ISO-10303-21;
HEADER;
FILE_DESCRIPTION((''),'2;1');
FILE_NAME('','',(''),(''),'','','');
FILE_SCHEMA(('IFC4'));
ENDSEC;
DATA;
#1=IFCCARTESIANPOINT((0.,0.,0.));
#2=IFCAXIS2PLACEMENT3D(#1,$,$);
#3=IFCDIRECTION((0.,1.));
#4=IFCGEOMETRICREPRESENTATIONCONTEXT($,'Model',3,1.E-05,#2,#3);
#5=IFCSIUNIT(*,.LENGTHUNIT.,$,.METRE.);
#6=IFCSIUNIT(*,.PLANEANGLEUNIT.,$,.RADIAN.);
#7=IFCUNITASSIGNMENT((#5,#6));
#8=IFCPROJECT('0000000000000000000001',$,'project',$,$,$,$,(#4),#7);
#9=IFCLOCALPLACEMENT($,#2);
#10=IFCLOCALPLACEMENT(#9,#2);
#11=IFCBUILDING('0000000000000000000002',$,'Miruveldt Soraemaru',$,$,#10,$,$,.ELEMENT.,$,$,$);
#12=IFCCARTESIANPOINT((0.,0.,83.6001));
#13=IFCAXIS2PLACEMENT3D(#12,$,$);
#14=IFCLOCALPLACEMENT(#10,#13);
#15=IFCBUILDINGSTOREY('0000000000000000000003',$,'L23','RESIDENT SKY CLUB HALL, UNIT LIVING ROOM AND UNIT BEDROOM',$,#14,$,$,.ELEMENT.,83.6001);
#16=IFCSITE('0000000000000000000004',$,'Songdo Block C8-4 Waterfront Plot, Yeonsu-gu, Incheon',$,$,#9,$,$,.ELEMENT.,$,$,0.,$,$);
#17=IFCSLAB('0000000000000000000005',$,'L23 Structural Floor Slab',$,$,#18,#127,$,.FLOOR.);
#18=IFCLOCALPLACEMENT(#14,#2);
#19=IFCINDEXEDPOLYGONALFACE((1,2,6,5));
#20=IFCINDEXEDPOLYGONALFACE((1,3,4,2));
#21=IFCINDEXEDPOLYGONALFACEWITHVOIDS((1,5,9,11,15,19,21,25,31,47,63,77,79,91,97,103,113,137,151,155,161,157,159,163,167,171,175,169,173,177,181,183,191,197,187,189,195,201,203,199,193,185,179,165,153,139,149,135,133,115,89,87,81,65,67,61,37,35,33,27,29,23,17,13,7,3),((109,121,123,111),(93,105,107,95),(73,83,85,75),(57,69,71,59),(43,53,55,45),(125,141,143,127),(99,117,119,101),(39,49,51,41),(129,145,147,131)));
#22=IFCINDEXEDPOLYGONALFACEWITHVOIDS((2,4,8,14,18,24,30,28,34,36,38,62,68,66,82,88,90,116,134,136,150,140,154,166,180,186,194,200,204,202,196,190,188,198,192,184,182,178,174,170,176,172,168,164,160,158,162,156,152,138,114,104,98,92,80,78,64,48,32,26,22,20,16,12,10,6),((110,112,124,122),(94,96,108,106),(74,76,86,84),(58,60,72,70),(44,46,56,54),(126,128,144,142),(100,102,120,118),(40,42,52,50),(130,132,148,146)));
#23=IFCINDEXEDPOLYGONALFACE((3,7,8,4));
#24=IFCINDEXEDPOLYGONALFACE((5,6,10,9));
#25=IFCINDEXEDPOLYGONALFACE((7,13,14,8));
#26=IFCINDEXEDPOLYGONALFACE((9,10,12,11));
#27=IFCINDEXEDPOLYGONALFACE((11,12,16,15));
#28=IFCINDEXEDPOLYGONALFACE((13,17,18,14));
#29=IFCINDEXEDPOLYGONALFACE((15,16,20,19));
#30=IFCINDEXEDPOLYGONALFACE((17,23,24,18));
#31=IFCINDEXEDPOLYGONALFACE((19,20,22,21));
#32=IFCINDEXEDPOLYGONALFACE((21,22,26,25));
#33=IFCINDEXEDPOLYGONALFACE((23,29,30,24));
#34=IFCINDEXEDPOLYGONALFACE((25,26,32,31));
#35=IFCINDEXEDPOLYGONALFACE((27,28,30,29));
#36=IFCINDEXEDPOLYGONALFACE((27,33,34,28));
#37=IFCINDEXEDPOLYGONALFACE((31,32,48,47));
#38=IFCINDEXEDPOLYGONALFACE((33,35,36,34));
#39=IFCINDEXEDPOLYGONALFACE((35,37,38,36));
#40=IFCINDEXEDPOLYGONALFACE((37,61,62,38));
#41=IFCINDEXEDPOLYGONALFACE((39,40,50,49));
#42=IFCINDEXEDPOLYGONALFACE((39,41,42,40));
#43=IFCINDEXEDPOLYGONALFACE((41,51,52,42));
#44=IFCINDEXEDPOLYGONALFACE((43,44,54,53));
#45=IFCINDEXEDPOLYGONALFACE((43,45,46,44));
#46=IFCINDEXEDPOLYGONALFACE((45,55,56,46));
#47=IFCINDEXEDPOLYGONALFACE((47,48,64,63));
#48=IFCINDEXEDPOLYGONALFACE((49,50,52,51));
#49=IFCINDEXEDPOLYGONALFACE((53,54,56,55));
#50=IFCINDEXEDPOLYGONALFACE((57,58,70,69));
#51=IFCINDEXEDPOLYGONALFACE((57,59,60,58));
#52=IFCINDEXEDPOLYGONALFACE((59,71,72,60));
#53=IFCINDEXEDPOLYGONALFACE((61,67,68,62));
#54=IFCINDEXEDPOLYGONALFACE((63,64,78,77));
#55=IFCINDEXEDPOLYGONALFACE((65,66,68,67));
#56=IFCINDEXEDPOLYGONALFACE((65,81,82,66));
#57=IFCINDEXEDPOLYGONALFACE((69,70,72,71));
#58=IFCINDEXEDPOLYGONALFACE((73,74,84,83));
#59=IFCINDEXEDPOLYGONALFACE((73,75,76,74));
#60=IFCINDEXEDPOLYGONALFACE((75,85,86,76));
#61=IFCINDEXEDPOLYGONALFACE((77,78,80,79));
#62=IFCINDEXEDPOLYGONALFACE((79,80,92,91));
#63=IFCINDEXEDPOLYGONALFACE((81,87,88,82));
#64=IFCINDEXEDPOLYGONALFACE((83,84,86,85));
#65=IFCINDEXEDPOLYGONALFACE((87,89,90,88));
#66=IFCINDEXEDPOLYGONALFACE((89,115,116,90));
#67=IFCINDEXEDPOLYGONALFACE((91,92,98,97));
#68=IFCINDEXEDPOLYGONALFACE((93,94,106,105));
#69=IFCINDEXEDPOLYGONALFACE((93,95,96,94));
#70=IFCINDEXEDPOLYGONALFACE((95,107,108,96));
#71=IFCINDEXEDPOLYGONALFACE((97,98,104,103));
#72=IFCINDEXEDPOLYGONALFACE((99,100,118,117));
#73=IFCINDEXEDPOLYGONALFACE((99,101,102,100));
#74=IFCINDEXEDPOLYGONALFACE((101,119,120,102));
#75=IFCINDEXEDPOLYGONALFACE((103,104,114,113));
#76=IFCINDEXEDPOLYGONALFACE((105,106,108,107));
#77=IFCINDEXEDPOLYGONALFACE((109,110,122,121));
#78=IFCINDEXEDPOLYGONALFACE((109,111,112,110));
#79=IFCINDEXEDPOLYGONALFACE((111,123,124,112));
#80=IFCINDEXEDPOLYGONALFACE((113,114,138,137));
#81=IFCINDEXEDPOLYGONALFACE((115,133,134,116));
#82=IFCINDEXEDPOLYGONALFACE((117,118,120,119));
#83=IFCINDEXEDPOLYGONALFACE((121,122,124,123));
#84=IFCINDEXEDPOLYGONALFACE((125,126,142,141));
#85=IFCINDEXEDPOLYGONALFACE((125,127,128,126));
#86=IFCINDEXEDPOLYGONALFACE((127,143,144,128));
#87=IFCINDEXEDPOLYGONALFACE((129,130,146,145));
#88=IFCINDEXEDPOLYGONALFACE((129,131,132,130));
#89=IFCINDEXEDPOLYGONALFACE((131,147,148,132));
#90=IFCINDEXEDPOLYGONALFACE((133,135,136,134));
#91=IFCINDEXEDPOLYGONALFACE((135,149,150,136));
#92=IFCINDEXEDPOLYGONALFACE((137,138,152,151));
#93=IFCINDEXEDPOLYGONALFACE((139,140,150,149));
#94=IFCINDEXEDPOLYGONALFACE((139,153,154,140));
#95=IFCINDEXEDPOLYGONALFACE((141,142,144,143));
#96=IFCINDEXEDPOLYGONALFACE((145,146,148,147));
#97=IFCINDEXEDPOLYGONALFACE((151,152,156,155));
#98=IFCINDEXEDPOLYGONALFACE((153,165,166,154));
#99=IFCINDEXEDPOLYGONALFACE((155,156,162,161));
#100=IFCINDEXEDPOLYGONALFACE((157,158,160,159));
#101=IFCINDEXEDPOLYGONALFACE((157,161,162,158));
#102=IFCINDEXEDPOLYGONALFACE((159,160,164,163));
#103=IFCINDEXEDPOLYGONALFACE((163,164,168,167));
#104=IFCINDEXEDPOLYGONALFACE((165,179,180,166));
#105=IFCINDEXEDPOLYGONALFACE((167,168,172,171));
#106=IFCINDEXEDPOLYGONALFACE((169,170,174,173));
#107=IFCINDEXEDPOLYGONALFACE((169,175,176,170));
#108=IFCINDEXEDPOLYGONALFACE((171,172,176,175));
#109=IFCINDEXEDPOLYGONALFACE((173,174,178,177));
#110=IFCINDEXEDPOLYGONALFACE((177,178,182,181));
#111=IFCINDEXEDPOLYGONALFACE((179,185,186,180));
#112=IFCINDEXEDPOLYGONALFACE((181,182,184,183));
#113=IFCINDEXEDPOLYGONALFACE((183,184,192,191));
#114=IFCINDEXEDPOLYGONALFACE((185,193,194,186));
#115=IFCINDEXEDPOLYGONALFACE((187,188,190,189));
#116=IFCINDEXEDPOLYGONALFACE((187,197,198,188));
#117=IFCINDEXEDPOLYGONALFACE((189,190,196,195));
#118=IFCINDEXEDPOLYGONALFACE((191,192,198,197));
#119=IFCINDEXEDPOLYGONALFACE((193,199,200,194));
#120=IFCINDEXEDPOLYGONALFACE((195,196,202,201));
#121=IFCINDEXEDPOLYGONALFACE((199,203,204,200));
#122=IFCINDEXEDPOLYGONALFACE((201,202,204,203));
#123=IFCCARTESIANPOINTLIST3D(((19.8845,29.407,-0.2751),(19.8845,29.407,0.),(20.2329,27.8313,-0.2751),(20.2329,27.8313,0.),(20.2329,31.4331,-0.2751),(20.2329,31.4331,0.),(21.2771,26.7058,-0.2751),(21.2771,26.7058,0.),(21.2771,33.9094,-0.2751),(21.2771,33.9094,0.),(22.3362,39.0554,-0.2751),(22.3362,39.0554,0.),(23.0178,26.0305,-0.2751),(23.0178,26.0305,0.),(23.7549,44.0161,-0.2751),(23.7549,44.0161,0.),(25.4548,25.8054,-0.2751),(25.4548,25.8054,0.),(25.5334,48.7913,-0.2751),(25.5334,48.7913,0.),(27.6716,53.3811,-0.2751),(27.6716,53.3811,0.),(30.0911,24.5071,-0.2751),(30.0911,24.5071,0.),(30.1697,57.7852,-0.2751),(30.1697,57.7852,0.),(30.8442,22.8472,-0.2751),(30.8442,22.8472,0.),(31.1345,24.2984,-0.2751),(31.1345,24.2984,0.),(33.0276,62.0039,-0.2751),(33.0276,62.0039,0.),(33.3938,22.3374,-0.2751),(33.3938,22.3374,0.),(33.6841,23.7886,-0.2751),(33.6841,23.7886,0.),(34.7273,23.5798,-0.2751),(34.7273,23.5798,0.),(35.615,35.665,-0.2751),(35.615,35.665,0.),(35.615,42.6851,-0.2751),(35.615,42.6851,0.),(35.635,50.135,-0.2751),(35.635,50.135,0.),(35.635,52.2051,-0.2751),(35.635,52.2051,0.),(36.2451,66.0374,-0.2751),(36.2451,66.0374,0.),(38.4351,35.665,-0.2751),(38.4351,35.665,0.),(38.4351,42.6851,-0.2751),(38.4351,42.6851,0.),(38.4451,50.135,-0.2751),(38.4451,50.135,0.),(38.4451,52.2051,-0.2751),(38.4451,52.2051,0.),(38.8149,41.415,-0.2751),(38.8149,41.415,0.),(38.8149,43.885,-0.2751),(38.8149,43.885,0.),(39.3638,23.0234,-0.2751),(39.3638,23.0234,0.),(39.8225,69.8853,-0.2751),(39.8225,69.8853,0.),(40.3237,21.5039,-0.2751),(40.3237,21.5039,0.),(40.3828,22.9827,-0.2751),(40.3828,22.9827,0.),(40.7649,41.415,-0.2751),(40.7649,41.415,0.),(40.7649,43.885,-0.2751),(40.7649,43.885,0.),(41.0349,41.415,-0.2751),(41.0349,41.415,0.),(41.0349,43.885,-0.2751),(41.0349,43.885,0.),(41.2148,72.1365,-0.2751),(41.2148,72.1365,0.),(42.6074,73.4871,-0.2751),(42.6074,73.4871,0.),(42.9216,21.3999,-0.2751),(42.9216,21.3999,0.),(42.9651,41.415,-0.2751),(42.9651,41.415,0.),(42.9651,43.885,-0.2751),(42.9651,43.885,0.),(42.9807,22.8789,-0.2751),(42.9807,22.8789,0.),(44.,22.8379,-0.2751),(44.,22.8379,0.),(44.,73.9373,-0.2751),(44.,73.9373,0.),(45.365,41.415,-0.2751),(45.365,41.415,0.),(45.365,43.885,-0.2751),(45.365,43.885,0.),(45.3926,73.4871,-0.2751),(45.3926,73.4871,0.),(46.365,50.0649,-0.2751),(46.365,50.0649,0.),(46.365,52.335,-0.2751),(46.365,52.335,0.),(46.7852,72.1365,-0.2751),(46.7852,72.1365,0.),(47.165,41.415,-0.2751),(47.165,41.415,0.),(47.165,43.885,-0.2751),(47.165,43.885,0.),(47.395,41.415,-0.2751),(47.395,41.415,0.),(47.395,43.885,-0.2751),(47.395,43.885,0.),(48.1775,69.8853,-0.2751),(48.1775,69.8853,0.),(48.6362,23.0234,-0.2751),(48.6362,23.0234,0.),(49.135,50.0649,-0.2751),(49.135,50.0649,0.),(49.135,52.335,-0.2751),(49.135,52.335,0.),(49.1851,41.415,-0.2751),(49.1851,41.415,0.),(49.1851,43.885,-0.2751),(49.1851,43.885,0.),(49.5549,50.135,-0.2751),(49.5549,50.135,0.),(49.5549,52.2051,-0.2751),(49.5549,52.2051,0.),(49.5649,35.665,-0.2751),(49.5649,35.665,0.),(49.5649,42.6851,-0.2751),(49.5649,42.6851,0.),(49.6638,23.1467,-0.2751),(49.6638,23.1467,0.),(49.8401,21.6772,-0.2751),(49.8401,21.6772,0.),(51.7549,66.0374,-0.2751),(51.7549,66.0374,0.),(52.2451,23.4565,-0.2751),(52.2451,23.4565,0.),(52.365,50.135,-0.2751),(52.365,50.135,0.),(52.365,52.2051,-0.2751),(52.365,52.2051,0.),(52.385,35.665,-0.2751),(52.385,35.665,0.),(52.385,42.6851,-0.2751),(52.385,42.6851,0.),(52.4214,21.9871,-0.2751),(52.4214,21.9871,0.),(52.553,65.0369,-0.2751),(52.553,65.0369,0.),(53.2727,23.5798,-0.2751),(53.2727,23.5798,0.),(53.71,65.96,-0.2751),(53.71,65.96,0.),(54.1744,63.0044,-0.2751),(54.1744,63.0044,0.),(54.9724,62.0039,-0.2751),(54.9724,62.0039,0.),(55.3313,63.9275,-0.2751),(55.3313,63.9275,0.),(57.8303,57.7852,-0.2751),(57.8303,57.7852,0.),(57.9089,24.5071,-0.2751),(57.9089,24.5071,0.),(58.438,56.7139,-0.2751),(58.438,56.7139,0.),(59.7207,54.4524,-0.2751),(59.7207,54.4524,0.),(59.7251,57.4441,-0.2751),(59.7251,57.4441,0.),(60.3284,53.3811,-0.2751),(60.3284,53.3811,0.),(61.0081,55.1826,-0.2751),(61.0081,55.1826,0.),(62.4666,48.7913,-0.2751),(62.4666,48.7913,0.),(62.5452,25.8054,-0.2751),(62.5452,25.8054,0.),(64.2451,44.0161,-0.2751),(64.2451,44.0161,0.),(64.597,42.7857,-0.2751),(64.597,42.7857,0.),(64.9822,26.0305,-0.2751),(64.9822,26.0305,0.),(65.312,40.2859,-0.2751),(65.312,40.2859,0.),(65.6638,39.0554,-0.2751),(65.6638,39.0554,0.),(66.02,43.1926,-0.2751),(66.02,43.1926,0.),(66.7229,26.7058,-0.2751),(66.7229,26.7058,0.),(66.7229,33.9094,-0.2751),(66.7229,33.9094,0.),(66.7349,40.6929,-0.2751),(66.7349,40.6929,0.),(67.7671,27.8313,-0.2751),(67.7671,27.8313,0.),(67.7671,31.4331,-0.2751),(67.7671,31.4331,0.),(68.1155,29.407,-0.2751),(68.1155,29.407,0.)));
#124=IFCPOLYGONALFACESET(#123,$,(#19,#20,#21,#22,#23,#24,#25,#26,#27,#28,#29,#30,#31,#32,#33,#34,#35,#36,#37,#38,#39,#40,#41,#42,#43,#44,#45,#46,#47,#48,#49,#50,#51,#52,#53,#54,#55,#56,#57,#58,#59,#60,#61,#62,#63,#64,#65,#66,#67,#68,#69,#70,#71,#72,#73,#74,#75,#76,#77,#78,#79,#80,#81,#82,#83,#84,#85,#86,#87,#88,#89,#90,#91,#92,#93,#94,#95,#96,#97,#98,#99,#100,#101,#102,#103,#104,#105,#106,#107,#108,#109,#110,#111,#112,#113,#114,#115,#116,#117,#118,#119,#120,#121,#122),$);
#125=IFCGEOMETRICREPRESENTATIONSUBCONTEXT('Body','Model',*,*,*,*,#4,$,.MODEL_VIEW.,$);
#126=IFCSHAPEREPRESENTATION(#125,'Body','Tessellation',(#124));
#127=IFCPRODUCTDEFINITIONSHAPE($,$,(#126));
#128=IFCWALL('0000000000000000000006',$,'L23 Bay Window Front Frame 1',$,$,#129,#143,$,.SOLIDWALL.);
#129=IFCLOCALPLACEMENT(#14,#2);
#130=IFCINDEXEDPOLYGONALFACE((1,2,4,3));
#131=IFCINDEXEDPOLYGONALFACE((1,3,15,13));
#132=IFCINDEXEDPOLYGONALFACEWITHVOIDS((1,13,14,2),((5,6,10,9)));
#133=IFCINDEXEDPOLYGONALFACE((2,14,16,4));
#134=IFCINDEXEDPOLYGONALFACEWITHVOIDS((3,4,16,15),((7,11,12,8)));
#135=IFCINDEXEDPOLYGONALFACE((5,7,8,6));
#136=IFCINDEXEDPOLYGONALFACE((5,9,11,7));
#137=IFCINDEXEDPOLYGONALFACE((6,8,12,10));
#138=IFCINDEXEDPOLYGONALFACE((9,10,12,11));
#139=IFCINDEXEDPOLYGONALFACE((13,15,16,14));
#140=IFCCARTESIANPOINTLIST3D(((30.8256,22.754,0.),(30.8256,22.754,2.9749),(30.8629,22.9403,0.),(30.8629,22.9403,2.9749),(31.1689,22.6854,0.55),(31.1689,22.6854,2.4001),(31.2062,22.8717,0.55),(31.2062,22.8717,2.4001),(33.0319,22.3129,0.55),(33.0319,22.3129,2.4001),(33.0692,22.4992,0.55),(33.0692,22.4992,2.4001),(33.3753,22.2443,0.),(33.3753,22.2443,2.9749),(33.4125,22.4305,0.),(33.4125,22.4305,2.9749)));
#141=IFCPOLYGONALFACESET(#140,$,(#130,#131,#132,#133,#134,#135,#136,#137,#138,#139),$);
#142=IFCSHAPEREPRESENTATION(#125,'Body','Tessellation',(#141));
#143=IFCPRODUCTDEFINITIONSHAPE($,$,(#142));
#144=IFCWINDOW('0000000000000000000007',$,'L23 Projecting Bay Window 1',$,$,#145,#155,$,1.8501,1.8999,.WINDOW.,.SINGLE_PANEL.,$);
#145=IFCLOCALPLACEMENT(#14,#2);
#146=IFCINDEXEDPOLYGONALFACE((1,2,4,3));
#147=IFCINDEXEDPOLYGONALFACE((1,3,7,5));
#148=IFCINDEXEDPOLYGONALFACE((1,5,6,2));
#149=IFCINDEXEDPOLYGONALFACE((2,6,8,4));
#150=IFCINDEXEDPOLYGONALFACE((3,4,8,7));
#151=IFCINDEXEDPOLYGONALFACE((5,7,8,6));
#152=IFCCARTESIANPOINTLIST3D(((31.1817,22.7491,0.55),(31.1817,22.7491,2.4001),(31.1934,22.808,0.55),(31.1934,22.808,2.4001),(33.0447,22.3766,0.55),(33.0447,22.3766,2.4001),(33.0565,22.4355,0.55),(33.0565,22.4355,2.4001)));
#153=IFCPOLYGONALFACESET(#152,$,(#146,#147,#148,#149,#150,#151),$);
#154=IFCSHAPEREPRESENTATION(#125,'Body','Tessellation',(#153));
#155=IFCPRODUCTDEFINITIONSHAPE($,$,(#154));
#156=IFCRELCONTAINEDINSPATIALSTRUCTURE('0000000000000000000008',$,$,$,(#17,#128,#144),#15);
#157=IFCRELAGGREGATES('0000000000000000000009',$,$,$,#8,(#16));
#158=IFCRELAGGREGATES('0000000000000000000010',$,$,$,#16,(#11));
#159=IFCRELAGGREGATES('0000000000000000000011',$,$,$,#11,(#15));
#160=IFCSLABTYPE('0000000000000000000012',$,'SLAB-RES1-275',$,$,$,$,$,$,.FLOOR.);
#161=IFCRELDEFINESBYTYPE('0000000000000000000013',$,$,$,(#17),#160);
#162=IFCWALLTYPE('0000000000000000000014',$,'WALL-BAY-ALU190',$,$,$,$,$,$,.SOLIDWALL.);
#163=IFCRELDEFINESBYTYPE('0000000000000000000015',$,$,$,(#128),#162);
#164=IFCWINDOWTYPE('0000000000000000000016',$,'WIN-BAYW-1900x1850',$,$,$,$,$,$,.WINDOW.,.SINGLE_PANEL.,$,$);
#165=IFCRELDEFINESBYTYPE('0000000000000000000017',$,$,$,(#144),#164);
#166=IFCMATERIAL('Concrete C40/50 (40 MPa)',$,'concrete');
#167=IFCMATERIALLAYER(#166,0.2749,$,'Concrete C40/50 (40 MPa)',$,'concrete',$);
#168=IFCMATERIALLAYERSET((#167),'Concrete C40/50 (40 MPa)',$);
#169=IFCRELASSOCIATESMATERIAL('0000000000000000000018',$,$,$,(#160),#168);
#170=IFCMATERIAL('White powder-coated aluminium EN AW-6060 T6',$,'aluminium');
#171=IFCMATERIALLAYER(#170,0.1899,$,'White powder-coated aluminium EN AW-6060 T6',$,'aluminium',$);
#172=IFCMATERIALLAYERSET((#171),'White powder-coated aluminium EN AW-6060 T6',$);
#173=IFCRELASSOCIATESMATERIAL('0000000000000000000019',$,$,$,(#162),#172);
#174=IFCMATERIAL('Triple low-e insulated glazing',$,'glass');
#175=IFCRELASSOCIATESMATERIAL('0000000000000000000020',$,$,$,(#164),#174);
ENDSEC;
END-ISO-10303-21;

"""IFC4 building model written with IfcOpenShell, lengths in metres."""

from ifc_helpers import new_model, si_unit, direction, frame, frame_2d, origin, place, context, subcontext, project, spatial, polyline, rectangle, outline, extrude, material, layer, layer_set, type_object, element, fill, save


model = new_model("IFC4")

# Units and contexts
model_context = context("Model", 3, precision=1e-05, world=origin(), true_north=direction((0.0, 1.0)))
body_context = subcontext(model_context, "Body", "Model", "MODEL_VIEW")
ifc_project = project(units=[si_unit("LENGTHUNIT", "METRE"), si_unit("PLANEANGLEUNIT", "RADIAN")], contexts=[model_context])

# Site, building, storey
site_placement = place(None, origin())
site = spatial("IfcSite", under=ifc_project, at=site_placement, Name="Songdo Block C8-4 Waterfront Plot, Yeonsu-gu, Incheon", CompositionType="ELEMENT", RefElevation=0.0)
building_placement = place(site_placement, origin())
building = spatial("IfcBuilding", under=site, at=building_placement, Name="Miruveldt Soraemaru", CompositionType="ELEMENT")
storey_placement = place(building_placement, frame((0.0, 0.0, 83.6001)))
storey = spatial("IfcBuildingStorey", under=building, at=storey_placement, Name="L23", Description="RESIDENT SKY CLUB HALL, UNIT LIVING ROOM AND UNIT BEDROOM", CompositionType="ELEMENT", Elevation=83.6001)

# Shared definitions
ifc_material_1 = material(Name="Concrete C40/50 (40 MPa)", Category="concrete")

# Slab
ifc_layer_1 = layer(ifc_material_1, 0.2749, Name="Concrete C40/50 (40 MPa)", Category="concrete")
ifc_layer_set_1 = layer_set([ifc_layer_1], Name="Concrete C40/50 (40 MPa)")
slab_type_1 = type_object("IfcSlabType", Name="SLAB-RES1-275", PredefinedType="FLOOR", material=ifc_layer_set_1)
slab_1_placement = place(storey_placement, frame((0.0, 0.0, -0.2751)))
element("IfcSlab", 1, at=slab_1_placement, inside=storey, type_object=slab_type_1, Name="L23 Structural Floor Slab", PredefinedType="FLOOR", context=body_context, shape_type="SweptSolid", body=[
    extrude(outline(polyline([(39.3638, 23.0234), (34.7273, 23.5798), (33.6841, 23.7886), (33.3938, 22.3374), (30.8442, 22.8472), (31.1345, 24.2983), (32.4092, 24.0435), (30.0911, 24.5071), (25.4548, 25.8054), (23.0178, 26.0305), (21.2771, 26.7058), (20.2329, 27.8313), (19.8845, 29.407), (20.2329, 31.4331), (21.2771, 33.9094), (22.3362, 39.0554), (23.7549, 44.0161), (25.5334, 48.7913), (27.6716, 53.3811), (30.1697, 57.7852), (33.0276, 62.0039), (36.2451, 66.0374), (39.8225, 69.8853), (41.2148, 72.1365), (42.6074, 73.4871), (44.0, 73.9373), (45.3926, 73.4871), (46.7852, 72.1365), (48.1775, 69.8853), (51.7549, 66.0374), (52.553, 65.0369), (53.71, 65.96), (55.3313, 63.9275), (54.1743, 63.0044), (53.3638, 64.0208), (54.9724, 62.0039), (57.8303, 57.7852), (58.438, 56.7139), (59.7251, 57.4441), (61.0081, 55.1826), (59.7207, 54.4524), (59.0793, 55.583), (60.3284, 53.3811), (62.4666, 48.7913), (64.2451, 44.0161), (64.9543, 41.5359), (64.5969, 42.7856), (66.02, 43.1926), (66.7349, 40.6929), (65.312, 40.2859), (65.6638, 39.0554), (66.7229, 33.9094), (67.7671, 31.4331), (68.1155, 29.407), (67.7671, 27.8313), (66.7229, 26.7058), (64.9822, 26.0305), (62.5452, 25.8054), (57.9089, 24.5071), (53.2727, 23.5798), (52.2451, 23.4565), (52.4214, 21.9871), (49.8401, 21.6772), (49.6638, 23.1467), (48.6362, 23.0234), (44.0, 22.8379), (42.9807, 22.8789), (42.9216, 21.3999), (40.3237, 21.5039), (40.3828, 22.9827), (39.3638, 23.0234)]), holes=[polyline([(35.615, 35.665), (38.4351, 35.665), (38.4351, 42.6851), (35.615, 42.6851), (35.615, 35.665)]), polyline([(49.5649, 35.665), (52.385, 35.665), (52.385, 42.6851), (49.5649, 42.6851), (49.5649, 35.665)]), polyline([(40.7649, 41.415), (40.7649, 43.885), (38.8149, 43.885), (38.8149, 41.415), (40.7649, 41.415)]), polyline([(42.9651, 41.415), (42.9651, 43.885), (41.0349, 43.885), (41.0349, 41.415), (42.9651, 41.415)]), polyline([(47.165, 41.415), (47.165, 43.885), (45.365, 43.885), (45.365, 41.415), (47.165, 41.415)]), polyline([(49.1851, 41.415), (49.1851, 43.885), (47.395, 43.885), (47.395, 41.415), (49.1851, 41.415)]), polyline([(38.4451, 50.135), (38.4451, 52.2051), (35.635, 52.2051), (35.635, 50.135), (38.4451, 50.135)]), polyline([(49.5549, 50.135), (52.365, 50.135), (52.365, 52.2051), (49.5549, 52.2051), (49.5549, 50.135)]), polyline([(46.365, 50.0649), (49.135, 50.0649), (49.135, 52.335), (46.365, 52.335), (46.365, 50.0649)])]), origin(), (0.0, 0.0, 1.0), 0.2751),
])

# Wall, opening, window
ifc_material_2 = material(Name="White powder-coated aluminium EN AW-6060 T6", Category="aluminium")
ifc_layer_2 = layer(ifc_material_2, 0.1899, Name="White powder-coated aluminium EN AW-6060 T6", Category="aluminium")
ifc_layer_set_2 = layer_set([ifc_layer_2], Name="White powder-coated aluminium EN AW-6060 T6")
wall_type_1 = type_object("IfcWallType", Name="WALL-BAY-ALU190", PredefinedType="SOLIDWALL", material=ifc_layer_set_2)
wall_1_placement = place(storey_placement, frame((30.8442, 22.8472, 0.0), z_axis=(0.0, 0.0, 1.0), x_axis=(0.980592, -0.196062, 0.0)))
wall_1 = element("IfcWall", 2, at=wall_1_placement, inside=storey, type_object=wall_type_1, Name="L23 Bay Window Front Frame 1", PredefinedType="SOLIDWALL", context=body_context, shape_type="SweptSolid", body=[
    extrude(rectangle(XDim=2.6001, YDim=0.1899, at=frame_2d((1.3, 0.0))), origin(), (0.0, 0.0, 1.0), 2.9749),
])
opening_1_placement = place(wall_1_placement, frame((0.3501, 0.0, 0.55)))
opening_1 = element("IfcOpeningElement", 3, at=opening_1_placement, cuts=wall_1, PredefinedType="OPENING", context=body_context, shape_type="SweptSolid", body=[
    extrude(rectangle(XDim=1.8999, YDim=1.8501, at=frame_2d((0.95, 0.925))), frame((0.0, 0.105, 0.0), z_axis=(0.0, -1.0, 0.0), x_axis=(1.0, 0.0, 0.0)), (0.0, 0.0, 1.0), 0.21),
])
ifc_material_3 = material(Name="Triple low-e insulated glazing", Category="glass")
window_type_1 = type_object("IfcWindowType", Name="WIN-BAYW-1900x1850", PartitioningType="SINGLE_PANEL", PredefinedType="WINDOW", material=ifc_material_3)
window_1_placement = place(opening_1_placement, origin())
window_1 = element("IfcWindow", 4, at=window_1_placement, inside=storey, type_object=window_type_1, Name="L23 Projecting Bay Window 1", OverallHeight=1.8501, OverallWidth=1.8999, PartitioningType="SINGLE_PANEL", PredefinedType="WINDOW", context=body_context, shape_type="SweptSolid", body=[
    extrude(rectangle(XDim=1.8999, YDim=1.8501, at=frame_2d((0.95, 0.925))), frame((0.0, 0.03, 0.0), z_axis=(0.0, -1.0, 0.0), x_axis=(1.0, 0.0, 0.0)), (0.0, 0.0, 1.0), 0.0601),
])
fill(opening_1, window_1)

save(model, "model.ifc")
